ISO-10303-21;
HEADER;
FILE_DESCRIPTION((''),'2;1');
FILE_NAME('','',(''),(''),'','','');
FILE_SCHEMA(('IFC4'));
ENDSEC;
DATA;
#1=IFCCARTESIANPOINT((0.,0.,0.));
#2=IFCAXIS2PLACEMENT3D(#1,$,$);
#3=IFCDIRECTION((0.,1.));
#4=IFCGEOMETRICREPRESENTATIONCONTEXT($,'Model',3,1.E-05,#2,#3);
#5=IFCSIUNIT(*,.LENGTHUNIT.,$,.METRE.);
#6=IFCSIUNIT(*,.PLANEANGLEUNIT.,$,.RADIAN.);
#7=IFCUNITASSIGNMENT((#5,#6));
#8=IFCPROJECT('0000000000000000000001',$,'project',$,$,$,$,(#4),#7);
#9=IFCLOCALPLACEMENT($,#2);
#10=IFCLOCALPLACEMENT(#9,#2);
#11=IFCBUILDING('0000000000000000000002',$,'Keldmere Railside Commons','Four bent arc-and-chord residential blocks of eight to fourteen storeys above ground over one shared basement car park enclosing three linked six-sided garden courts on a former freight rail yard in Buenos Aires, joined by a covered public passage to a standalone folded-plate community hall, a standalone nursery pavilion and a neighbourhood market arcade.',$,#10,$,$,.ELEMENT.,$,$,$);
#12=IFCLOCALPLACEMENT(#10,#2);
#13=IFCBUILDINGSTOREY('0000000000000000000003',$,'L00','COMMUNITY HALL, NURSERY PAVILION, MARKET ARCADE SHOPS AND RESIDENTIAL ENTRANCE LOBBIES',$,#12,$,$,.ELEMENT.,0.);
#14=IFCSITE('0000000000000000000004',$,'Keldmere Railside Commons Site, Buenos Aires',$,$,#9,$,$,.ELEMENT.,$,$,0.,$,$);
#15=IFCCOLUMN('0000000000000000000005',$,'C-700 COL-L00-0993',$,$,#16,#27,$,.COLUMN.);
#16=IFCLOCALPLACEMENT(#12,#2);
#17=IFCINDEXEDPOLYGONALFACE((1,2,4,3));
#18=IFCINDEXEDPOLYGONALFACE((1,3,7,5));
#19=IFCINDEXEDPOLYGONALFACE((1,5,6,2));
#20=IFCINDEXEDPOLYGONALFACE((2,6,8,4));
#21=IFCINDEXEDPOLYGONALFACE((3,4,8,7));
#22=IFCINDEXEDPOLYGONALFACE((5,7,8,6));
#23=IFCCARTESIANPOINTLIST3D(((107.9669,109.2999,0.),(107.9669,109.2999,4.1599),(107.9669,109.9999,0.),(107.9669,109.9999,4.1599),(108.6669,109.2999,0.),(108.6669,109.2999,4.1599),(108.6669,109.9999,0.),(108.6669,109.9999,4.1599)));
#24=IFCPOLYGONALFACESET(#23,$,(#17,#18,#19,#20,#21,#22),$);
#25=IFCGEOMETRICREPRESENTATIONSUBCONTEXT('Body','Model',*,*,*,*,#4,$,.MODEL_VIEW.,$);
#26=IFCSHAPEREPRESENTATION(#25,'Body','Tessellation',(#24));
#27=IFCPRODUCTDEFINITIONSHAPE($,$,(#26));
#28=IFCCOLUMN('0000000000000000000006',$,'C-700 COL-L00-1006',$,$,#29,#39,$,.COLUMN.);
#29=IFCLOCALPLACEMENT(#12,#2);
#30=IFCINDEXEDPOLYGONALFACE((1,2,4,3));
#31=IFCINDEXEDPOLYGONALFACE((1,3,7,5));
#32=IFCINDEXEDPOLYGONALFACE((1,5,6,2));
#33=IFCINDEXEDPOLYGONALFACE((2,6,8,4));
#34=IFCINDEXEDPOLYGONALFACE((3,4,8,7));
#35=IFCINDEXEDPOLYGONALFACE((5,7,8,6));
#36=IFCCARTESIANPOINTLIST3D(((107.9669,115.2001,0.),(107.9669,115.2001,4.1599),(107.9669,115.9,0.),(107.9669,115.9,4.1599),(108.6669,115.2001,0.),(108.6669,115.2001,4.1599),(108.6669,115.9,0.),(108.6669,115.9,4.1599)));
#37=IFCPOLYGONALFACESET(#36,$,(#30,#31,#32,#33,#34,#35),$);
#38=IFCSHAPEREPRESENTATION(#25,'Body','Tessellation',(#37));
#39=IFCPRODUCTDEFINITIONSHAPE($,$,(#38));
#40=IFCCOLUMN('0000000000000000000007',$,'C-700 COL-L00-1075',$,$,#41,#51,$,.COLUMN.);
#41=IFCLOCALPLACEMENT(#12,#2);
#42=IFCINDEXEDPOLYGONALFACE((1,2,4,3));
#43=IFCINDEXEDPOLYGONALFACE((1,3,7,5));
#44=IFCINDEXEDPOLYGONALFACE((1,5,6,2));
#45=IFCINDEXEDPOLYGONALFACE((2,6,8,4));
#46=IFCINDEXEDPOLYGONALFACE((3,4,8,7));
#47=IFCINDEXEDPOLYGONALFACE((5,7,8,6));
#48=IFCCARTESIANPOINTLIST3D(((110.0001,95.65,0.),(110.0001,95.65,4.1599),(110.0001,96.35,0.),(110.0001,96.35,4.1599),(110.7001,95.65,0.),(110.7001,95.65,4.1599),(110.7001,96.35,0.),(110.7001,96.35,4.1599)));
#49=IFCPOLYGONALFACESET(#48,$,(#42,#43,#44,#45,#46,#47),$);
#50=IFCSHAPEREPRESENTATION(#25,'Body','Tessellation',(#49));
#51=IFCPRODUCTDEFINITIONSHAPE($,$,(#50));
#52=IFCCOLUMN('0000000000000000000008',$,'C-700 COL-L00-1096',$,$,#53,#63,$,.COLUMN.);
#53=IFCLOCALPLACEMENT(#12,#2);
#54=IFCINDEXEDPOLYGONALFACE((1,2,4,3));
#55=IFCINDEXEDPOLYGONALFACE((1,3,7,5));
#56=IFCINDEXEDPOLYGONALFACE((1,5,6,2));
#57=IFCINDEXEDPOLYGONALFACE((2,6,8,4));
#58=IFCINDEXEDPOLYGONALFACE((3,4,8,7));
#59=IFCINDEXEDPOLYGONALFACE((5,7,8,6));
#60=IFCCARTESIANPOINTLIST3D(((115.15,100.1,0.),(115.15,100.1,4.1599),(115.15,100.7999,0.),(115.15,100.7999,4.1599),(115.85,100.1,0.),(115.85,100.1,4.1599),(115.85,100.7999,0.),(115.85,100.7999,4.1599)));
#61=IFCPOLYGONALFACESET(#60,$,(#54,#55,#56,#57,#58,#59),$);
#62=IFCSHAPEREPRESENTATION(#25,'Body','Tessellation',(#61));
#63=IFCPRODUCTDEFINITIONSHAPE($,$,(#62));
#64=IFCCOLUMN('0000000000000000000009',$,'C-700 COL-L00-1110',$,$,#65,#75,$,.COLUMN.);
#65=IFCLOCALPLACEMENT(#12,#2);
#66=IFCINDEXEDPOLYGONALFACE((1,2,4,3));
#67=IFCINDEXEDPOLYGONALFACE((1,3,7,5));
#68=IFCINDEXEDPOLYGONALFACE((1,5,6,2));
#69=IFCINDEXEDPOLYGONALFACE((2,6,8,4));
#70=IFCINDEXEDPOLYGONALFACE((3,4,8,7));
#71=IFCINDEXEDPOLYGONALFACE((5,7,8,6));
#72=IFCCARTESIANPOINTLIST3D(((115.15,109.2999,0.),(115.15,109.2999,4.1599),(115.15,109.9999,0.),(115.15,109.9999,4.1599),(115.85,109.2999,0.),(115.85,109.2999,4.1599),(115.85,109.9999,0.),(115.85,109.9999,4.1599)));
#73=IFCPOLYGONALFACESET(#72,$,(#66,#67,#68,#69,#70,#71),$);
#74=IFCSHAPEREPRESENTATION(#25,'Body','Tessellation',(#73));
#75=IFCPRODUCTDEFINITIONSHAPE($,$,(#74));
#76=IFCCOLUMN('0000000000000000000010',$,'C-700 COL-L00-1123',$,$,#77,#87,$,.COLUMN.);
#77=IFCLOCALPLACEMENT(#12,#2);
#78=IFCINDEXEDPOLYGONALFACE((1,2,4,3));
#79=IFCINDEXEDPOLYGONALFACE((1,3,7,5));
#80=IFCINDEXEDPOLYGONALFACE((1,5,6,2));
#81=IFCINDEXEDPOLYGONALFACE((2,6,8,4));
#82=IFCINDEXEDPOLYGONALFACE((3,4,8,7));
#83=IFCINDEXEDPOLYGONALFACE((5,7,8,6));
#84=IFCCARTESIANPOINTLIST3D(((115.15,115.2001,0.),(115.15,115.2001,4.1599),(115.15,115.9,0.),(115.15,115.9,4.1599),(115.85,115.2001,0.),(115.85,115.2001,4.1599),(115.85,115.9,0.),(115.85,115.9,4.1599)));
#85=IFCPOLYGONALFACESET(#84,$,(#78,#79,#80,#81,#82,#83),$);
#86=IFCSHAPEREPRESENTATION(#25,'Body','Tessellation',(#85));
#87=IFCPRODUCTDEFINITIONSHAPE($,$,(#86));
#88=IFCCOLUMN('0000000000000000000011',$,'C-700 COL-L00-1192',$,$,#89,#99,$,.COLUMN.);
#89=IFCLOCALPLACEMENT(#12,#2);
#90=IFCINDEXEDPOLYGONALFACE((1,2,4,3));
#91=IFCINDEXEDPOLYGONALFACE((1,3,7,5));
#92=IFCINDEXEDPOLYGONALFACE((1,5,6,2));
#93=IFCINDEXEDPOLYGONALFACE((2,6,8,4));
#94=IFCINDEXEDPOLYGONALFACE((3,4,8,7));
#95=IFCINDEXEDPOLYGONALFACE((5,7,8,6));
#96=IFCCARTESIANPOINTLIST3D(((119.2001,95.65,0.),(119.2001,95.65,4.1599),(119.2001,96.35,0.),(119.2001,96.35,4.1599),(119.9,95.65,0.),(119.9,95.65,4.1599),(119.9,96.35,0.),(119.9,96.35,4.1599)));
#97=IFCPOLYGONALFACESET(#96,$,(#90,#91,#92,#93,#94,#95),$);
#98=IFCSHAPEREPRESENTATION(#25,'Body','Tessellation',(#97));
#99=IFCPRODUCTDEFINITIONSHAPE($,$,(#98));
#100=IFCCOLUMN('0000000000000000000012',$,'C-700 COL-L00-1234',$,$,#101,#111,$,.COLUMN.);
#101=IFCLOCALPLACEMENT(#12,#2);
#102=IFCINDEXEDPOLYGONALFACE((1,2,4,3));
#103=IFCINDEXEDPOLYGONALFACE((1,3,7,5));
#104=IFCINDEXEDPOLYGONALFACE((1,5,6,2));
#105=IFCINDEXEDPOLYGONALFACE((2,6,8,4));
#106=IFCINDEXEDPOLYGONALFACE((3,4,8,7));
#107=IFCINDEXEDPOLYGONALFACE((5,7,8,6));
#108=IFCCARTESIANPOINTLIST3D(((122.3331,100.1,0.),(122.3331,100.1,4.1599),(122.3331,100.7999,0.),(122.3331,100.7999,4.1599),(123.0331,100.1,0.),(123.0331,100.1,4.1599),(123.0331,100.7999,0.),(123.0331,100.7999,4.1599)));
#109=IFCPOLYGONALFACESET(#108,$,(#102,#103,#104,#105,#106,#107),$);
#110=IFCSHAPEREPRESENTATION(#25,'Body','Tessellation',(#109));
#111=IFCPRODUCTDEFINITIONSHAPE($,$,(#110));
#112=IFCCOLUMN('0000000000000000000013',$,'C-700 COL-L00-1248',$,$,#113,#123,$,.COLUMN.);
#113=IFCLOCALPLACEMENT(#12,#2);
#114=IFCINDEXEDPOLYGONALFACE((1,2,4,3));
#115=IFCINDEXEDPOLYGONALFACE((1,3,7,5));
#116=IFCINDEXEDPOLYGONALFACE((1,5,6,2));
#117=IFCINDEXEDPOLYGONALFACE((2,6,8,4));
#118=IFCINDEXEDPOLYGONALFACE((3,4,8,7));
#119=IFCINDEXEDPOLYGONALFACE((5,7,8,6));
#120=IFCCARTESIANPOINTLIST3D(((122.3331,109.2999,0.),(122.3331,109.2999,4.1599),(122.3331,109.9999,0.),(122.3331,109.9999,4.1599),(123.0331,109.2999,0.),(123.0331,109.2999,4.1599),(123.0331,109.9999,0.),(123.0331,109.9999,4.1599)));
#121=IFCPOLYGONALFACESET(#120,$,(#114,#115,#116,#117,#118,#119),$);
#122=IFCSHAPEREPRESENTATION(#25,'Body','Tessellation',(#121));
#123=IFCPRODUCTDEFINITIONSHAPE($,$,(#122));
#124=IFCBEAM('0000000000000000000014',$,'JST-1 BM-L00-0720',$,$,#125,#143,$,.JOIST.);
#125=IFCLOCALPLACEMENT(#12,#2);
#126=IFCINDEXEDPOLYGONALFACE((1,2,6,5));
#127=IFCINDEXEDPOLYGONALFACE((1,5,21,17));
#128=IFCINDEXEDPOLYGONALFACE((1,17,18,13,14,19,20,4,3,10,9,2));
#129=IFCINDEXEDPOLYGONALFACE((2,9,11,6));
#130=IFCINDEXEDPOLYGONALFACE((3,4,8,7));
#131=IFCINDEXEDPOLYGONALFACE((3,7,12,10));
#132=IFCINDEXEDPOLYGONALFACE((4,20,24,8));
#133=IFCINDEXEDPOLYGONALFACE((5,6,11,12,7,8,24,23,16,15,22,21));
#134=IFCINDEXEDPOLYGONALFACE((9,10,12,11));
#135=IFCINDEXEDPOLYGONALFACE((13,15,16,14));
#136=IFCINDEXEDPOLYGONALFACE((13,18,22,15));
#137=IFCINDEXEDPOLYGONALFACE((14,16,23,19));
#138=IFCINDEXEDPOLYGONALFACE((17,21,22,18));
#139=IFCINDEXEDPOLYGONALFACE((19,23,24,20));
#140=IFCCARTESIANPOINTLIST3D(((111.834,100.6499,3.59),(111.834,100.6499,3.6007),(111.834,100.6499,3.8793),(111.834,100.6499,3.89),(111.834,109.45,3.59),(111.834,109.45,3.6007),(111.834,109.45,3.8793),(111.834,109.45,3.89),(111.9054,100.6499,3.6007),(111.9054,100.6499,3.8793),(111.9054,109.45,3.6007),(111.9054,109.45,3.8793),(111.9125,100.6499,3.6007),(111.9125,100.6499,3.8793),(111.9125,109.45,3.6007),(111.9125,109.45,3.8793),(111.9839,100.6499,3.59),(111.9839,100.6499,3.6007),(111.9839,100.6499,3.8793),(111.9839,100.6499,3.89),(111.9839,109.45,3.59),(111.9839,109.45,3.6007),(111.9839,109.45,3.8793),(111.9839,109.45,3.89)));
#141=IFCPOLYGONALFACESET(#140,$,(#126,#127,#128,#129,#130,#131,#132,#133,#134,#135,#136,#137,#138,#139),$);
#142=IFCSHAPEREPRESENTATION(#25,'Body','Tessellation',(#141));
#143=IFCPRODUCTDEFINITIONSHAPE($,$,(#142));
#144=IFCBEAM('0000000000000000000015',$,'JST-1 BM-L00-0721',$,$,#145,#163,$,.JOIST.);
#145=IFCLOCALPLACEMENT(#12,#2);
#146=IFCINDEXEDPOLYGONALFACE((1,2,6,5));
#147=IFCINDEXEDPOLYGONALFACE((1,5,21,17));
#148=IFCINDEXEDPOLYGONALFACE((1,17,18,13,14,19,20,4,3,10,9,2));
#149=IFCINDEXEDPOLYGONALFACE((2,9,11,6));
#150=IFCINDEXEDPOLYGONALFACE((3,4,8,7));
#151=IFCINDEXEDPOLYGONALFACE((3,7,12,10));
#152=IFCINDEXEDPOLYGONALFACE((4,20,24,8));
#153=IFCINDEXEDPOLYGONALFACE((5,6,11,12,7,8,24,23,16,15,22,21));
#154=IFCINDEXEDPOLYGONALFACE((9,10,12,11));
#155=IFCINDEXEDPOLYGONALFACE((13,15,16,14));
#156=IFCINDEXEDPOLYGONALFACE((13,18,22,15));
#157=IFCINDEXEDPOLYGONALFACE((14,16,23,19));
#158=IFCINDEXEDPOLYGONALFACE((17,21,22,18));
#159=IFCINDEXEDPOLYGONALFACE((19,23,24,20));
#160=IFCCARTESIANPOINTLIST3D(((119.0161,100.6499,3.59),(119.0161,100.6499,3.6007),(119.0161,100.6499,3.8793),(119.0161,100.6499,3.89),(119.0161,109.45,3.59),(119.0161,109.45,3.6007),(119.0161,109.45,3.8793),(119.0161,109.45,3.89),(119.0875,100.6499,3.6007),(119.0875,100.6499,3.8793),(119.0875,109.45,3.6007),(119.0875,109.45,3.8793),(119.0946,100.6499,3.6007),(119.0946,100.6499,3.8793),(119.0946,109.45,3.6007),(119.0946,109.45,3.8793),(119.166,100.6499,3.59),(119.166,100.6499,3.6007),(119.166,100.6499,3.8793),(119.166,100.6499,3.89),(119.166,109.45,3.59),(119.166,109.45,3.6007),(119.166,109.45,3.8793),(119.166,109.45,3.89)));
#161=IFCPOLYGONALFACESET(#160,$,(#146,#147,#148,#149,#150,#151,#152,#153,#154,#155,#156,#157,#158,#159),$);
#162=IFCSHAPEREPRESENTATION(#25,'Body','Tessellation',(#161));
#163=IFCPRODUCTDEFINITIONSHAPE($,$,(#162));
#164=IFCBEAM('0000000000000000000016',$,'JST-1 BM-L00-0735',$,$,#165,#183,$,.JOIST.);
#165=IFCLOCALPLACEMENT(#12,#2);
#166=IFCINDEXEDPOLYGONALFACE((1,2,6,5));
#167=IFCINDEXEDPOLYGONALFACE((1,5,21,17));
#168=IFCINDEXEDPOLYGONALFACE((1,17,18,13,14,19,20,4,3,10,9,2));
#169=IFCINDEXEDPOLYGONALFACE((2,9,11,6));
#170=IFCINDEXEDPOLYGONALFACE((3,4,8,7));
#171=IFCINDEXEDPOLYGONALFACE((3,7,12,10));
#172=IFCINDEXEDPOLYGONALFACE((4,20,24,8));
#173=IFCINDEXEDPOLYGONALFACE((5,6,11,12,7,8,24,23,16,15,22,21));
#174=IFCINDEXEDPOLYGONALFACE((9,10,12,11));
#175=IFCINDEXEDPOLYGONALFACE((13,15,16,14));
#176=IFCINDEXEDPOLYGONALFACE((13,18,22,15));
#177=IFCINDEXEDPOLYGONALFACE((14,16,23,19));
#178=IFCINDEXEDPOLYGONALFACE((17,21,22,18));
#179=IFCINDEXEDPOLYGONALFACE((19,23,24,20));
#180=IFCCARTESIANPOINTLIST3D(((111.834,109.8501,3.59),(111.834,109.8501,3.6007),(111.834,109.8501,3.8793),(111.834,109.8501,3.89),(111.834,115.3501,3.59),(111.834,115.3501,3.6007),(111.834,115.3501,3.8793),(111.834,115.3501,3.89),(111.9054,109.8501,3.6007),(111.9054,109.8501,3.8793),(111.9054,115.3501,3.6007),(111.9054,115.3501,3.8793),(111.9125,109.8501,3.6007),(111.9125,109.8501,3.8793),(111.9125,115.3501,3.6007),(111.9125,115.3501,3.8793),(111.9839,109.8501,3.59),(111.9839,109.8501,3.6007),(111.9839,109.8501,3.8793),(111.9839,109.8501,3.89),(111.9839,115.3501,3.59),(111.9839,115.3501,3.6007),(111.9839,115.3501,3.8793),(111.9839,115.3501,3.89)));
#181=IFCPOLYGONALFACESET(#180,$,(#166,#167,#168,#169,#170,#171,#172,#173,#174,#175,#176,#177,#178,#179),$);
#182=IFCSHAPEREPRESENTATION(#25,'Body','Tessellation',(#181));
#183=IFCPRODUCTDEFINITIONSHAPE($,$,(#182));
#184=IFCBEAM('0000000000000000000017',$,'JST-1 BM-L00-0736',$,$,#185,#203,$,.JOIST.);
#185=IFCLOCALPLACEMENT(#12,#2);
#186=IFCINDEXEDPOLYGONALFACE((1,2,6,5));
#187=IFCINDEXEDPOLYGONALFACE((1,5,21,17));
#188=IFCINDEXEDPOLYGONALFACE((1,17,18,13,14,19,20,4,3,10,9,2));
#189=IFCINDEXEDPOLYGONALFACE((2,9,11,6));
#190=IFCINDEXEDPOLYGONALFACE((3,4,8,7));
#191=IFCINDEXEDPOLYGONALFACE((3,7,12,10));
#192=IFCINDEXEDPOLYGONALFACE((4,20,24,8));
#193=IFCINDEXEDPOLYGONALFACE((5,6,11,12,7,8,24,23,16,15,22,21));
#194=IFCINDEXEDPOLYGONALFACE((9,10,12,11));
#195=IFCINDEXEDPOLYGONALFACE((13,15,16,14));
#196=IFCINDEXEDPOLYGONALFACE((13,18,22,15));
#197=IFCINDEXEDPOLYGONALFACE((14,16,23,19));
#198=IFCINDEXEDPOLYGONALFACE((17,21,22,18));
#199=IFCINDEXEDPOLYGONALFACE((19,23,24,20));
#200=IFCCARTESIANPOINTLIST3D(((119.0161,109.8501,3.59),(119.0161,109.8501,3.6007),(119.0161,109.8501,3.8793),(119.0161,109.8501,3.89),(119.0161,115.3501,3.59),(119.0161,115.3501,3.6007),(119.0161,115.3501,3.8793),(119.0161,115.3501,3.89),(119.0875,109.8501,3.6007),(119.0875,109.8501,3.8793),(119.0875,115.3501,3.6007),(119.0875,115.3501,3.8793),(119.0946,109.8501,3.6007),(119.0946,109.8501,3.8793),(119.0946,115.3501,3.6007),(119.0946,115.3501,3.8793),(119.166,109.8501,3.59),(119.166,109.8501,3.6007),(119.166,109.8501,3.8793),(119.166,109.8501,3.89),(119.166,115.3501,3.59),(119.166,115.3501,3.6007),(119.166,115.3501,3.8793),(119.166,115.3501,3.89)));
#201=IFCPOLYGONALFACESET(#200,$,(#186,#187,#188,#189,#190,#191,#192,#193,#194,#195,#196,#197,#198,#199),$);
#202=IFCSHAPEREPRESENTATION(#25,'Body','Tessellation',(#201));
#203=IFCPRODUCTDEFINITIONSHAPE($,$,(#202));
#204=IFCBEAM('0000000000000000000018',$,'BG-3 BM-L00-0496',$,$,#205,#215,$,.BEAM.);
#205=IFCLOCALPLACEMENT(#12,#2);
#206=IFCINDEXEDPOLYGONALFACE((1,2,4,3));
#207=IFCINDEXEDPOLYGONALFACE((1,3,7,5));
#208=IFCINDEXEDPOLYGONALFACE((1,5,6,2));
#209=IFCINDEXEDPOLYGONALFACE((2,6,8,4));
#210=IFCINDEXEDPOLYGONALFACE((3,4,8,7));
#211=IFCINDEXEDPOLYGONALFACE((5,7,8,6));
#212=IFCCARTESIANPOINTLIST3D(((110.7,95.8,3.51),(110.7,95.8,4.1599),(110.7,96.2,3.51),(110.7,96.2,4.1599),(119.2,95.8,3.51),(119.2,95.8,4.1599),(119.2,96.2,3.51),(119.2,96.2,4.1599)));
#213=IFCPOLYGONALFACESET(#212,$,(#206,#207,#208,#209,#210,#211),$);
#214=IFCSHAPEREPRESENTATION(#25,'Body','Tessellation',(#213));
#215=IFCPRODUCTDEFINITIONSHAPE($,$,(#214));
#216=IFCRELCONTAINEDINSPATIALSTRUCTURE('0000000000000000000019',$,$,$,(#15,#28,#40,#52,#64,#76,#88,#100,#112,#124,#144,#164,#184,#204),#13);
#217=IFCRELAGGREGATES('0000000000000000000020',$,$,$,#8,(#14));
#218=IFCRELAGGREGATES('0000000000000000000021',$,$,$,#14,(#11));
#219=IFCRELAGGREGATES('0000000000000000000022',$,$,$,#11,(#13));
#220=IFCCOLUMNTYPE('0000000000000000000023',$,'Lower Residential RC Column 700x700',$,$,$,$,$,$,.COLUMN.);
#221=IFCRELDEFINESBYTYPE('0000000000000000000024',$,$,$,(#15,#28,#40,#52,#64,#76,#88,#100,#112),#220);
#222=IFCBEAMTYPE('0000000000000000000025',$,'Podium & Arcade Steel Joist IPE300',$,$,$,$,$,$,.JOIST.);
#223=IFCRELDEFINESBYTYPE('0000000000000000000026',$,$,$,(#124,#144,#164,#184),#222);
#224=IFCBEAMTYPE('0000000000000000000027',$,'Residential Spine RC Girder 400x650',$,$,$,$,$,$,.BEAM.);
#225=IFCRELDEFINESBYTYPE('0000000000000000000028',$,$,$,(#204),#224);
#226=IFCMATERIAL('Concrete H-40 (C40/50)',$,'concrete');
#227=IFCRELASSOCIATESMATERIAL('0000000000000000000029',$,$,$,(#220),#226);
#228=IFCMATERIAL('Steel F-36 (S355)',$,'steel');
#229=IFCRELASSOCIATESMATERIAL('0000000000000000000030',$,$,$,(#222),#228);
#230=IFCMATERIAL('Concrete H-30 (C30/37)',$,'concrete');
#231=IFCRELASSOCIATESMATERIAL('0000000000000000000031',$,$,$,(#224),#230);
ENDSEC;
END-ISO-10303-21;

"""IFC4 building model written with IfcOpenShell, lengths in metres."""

from ifc_helpers import new_model, si_unit, direction, frame, origin, origin_2d, place, context, subcontext, project, spatial, rectangle, i_section, extrude, material, material_profile, profile_set, type_object, element, save


model = new_model("IFC4")

# Units and contexts
model_context = context("Model", 3, precision=1e-05, world=origin(), true_north=direction((0.0, 1.0)))
body_context = subcontext(model_context, "Body", "Model", "MODEL_VIEW")
ifc_project = project(units=[si_unit("LENGTHUNIT", "METRE"), si_unit("PLANEANGLEUNIT", "RADIAN")], contexts=[model_context])

# Site, building, storey
site_placement = place(None, origin())
site = spatial("IfcSite", under=ifc_project, at=site_placement, Name="Keldmere Railside Commons Site, Buenos Aires", CompositionType="ELEMENT", RefElevation=0.0)
building_placement = place(site_placement, origin())
building = spatial("IfcBuilding", under=site, at=building_placement, Name="Keldmere Railside Commons", Description="Four bent arc-and-chord residential blocks of eight to fourteen storeys above ground over one shared basement car park enclosing three linked six-sided garden courts on a former freight rail yard in Buenos Aires, joined by a covered public passage to a standalone folded-plate community hall, a standalone nursery pavilion and a neighbourhood market arcade.", CompositionType="ELEMENT")
storey_placement = place(building_placement, origin())
storey = spatial("IfcBuildingStorey", under=building, at=storey_placement, Name="L00", Description="COMMUNITY HALL, NURSERY PAVILION, MARKET ARCADE SHOPS AND RESIDENTIAL ENTRANCE LOBBIES", CompositionType="ELEMENT", Elevation=0.0)

# Columns
ifc_material_1 = material(Name="Concrete H-40 (C40/50)", Category="concrete")
ifc_material_profile_1 = material_profile(ifc_material_1, rectangle(XDim=0.7, YDim=0.7, at=origin_2d()), Name="RC-700x700")
ifc_profile_set_1 = profile_set([ifc_material_profile_1], Name="Concrete H-40 (C40/50)")
column_type = type_object("IfcColumnType", Name="Lower Residential RC Column 700x700", PredefinedType="COLUMN", material=ifc_profile_set_1)
for number, where, z_axis, x_axis, name in (
    (1, (108.3169, 109.6499, 0.0), (0.0, 0.0, 1.0), (1.0, 0.0, 0.0), "C-700 COL-L00-0993"),
    (2, (108.3169, 115.55, 0.0), (0.0, 0.0, 1.0), (1.0, 0.0, 0.0), "C-700 COL-L00-1006"),
    (3, (110.3501, 96.0, 0.0), (0.0, 0.0, 1.0), (1.0, 0.0, 0.0), "C-700 COL-L00-1075"),
    (4, (115.5, 100.45, 0.0), (0.0, 0.0, 1.0), (1.0, 0.0, 0.0), "C-700 COL-L00-1096"),
    (5, (115.5, 109.6499, 0.0), (0.0, 0.0, 1.0), (1.0, 0.0, 0.0), "C-700 COL-L00-1110"),
    (6, (115.5, 115.55, 0.0), (0.0, 0.0, 1.0), (1.0, 0.0, 0.0), "C-700 COL-L00-1123"),
    (7, (119.55, 96.0, 0.0), (0.0, 0.0, 1.0), (1.0, 0.0, 0.0), "C-700 COL-L00-1192"),
    (8, (122.6831, 100.45, 0.0), (0.0, 0.0, 1.0), (1.0, 0.0, 0.0), "C-700 COL-L00-1234"),
    (9, (122.6831, 109.6499, 0.0), (0.0, 0.0, 1.0), (1.0, 0.0, 0.0), "C-700 COL-L00-1248"),
):
    element("IfcColumn", number, at=place(storey_placement, frame(where, z_axis=z_axis, x_axis=x_axis)), inside=storey, type_object=column_type, Name=name, PredefinedType="COLUMN", context=body_context, shape_type="SweptSolid", body=[
        extrude(rectangle(XDim=0.7, YDim=0.7, at=origin_2d()), origin(), (0.0, 0.0, 1.0), 4.1599),
    ])

# Beams
ifc_material_2 = material(Name="Steel F-36 (S355)", Category="steel")
ifc_material_profile_2 = material_profile(ifc_material_2, i_section(OverallWidth=0.1499, OverallDepth=0.3, WebThickness=0.0071, FlangeThickness=0.0107, at=origin_2d()), Name="IPE-300")
ifc_profile_set_2 = profile_set([ifc_material_profile_2], Name="Steel F-36 (S355)")
beam_type_1 = type_object("IfcBeamType", Name="Podium & Arcade Steel Joist IPE300", PredefinedType="JOIST", material=ifc_profile_set_2)
for number, where, z_axis, x_axis, name in (
    (10, (111.9089, 100.6499, 3.74), (0.0, 1.0, 0.0), (-1.0, 0.0, 0.0), "JST-1 BM-L00-0720"),
    (11, (119.0911, 100.6499, 3.74), (0.0, 1.0, 0.0), (-1.0, 0.0, 0.0), "JST-1 BM-L00-0721"),
):
    element("IfcBeam", number, at=place(storey_placement, frame(where, z_axis=z_axis, x_axis=x_axis)), inside=storey, type_object=beam_type_1, Name=name, PredefinedType="JOIST", context=body_context, shape_type="SweptSolid", body=[
        extrude(i_section(OverallWidth=0.1499, OverallDepth=0.3, WebThickness=0.0071, FlangeThickness=0.0107, at=origin_2d()), origin(), (0.0, 0.0, 1.0), 8.8),
    ])
for number, where, z_axis, x_axis, name in (
    (12, (111.9089, 109.8501, 3.74), (0.0, 1.0, 0.0), (-1.0, 0.0, 0.0), "JST-1 BM-L00-0735"),
    (13, (119.0911, 109.8501, 3.74), (0.0, 1.0, 0.0), (-1.0, 0.0, 0.0), "JST-1 BM-L00-0736"),
):
    element("IfcBeam", number, at=place(storey_placement, frame(where, z_axis=z_axis, x_axis=x_axis)), inside=storey, type_object=beam_type_1, Name=name, PredefinedType="JOIST", context=body_context, shape_type="SweptSolid", body=[
        extrude(i_section(OverallWidth=0.1499, OverallDepth=0.3, WebThickness=0.0071, FlangeThickness=0.0107, at=origin_2d()), origin(), (0.0, 0.0, 1.0), 5.5),
    ])
ifc_material_3 = material(Name="Concrete H-30 (C30/37)", Category="concrete")
ifc_material_profile_3 = material_profile(ifc_material_3, rectangle(XDim=0.3999, YDim=0.6499, at=origin_2d()), Name="RC-400x650")
ifc_profile_set_3 = profile_set([ifc_material_profile_3], Name="Concrete H-30 (C30/37)")
beam_type_2 = type_object("IfcBeamType", Name="Residential Spine RC Girder 400x650", PredefinedType="BEAM", material=ifc_profile_set_3)
beam_1_placement = place(storey_placement, frame((110.7, 96.0, 3.835), z_axis=(1.0, 0.0, 0.0), x_axis=(0.0, 1.0, 0.0)))
element("IfcBeam", 14, at=beam_1_placement, inside=storey, type_object=beam_type_2, Name="BG-3 BM-L00-0496", PredefinedType="BEAM", context=body_context, shape_type="SweptSolid", body=[
    extrude(rectangle(XDim=0.3999, YDim=0.6499, at=origin_2d()), origin(), (0.0, 0.0, 1.0), 8.5),
])

save(model, "model.ifc")
